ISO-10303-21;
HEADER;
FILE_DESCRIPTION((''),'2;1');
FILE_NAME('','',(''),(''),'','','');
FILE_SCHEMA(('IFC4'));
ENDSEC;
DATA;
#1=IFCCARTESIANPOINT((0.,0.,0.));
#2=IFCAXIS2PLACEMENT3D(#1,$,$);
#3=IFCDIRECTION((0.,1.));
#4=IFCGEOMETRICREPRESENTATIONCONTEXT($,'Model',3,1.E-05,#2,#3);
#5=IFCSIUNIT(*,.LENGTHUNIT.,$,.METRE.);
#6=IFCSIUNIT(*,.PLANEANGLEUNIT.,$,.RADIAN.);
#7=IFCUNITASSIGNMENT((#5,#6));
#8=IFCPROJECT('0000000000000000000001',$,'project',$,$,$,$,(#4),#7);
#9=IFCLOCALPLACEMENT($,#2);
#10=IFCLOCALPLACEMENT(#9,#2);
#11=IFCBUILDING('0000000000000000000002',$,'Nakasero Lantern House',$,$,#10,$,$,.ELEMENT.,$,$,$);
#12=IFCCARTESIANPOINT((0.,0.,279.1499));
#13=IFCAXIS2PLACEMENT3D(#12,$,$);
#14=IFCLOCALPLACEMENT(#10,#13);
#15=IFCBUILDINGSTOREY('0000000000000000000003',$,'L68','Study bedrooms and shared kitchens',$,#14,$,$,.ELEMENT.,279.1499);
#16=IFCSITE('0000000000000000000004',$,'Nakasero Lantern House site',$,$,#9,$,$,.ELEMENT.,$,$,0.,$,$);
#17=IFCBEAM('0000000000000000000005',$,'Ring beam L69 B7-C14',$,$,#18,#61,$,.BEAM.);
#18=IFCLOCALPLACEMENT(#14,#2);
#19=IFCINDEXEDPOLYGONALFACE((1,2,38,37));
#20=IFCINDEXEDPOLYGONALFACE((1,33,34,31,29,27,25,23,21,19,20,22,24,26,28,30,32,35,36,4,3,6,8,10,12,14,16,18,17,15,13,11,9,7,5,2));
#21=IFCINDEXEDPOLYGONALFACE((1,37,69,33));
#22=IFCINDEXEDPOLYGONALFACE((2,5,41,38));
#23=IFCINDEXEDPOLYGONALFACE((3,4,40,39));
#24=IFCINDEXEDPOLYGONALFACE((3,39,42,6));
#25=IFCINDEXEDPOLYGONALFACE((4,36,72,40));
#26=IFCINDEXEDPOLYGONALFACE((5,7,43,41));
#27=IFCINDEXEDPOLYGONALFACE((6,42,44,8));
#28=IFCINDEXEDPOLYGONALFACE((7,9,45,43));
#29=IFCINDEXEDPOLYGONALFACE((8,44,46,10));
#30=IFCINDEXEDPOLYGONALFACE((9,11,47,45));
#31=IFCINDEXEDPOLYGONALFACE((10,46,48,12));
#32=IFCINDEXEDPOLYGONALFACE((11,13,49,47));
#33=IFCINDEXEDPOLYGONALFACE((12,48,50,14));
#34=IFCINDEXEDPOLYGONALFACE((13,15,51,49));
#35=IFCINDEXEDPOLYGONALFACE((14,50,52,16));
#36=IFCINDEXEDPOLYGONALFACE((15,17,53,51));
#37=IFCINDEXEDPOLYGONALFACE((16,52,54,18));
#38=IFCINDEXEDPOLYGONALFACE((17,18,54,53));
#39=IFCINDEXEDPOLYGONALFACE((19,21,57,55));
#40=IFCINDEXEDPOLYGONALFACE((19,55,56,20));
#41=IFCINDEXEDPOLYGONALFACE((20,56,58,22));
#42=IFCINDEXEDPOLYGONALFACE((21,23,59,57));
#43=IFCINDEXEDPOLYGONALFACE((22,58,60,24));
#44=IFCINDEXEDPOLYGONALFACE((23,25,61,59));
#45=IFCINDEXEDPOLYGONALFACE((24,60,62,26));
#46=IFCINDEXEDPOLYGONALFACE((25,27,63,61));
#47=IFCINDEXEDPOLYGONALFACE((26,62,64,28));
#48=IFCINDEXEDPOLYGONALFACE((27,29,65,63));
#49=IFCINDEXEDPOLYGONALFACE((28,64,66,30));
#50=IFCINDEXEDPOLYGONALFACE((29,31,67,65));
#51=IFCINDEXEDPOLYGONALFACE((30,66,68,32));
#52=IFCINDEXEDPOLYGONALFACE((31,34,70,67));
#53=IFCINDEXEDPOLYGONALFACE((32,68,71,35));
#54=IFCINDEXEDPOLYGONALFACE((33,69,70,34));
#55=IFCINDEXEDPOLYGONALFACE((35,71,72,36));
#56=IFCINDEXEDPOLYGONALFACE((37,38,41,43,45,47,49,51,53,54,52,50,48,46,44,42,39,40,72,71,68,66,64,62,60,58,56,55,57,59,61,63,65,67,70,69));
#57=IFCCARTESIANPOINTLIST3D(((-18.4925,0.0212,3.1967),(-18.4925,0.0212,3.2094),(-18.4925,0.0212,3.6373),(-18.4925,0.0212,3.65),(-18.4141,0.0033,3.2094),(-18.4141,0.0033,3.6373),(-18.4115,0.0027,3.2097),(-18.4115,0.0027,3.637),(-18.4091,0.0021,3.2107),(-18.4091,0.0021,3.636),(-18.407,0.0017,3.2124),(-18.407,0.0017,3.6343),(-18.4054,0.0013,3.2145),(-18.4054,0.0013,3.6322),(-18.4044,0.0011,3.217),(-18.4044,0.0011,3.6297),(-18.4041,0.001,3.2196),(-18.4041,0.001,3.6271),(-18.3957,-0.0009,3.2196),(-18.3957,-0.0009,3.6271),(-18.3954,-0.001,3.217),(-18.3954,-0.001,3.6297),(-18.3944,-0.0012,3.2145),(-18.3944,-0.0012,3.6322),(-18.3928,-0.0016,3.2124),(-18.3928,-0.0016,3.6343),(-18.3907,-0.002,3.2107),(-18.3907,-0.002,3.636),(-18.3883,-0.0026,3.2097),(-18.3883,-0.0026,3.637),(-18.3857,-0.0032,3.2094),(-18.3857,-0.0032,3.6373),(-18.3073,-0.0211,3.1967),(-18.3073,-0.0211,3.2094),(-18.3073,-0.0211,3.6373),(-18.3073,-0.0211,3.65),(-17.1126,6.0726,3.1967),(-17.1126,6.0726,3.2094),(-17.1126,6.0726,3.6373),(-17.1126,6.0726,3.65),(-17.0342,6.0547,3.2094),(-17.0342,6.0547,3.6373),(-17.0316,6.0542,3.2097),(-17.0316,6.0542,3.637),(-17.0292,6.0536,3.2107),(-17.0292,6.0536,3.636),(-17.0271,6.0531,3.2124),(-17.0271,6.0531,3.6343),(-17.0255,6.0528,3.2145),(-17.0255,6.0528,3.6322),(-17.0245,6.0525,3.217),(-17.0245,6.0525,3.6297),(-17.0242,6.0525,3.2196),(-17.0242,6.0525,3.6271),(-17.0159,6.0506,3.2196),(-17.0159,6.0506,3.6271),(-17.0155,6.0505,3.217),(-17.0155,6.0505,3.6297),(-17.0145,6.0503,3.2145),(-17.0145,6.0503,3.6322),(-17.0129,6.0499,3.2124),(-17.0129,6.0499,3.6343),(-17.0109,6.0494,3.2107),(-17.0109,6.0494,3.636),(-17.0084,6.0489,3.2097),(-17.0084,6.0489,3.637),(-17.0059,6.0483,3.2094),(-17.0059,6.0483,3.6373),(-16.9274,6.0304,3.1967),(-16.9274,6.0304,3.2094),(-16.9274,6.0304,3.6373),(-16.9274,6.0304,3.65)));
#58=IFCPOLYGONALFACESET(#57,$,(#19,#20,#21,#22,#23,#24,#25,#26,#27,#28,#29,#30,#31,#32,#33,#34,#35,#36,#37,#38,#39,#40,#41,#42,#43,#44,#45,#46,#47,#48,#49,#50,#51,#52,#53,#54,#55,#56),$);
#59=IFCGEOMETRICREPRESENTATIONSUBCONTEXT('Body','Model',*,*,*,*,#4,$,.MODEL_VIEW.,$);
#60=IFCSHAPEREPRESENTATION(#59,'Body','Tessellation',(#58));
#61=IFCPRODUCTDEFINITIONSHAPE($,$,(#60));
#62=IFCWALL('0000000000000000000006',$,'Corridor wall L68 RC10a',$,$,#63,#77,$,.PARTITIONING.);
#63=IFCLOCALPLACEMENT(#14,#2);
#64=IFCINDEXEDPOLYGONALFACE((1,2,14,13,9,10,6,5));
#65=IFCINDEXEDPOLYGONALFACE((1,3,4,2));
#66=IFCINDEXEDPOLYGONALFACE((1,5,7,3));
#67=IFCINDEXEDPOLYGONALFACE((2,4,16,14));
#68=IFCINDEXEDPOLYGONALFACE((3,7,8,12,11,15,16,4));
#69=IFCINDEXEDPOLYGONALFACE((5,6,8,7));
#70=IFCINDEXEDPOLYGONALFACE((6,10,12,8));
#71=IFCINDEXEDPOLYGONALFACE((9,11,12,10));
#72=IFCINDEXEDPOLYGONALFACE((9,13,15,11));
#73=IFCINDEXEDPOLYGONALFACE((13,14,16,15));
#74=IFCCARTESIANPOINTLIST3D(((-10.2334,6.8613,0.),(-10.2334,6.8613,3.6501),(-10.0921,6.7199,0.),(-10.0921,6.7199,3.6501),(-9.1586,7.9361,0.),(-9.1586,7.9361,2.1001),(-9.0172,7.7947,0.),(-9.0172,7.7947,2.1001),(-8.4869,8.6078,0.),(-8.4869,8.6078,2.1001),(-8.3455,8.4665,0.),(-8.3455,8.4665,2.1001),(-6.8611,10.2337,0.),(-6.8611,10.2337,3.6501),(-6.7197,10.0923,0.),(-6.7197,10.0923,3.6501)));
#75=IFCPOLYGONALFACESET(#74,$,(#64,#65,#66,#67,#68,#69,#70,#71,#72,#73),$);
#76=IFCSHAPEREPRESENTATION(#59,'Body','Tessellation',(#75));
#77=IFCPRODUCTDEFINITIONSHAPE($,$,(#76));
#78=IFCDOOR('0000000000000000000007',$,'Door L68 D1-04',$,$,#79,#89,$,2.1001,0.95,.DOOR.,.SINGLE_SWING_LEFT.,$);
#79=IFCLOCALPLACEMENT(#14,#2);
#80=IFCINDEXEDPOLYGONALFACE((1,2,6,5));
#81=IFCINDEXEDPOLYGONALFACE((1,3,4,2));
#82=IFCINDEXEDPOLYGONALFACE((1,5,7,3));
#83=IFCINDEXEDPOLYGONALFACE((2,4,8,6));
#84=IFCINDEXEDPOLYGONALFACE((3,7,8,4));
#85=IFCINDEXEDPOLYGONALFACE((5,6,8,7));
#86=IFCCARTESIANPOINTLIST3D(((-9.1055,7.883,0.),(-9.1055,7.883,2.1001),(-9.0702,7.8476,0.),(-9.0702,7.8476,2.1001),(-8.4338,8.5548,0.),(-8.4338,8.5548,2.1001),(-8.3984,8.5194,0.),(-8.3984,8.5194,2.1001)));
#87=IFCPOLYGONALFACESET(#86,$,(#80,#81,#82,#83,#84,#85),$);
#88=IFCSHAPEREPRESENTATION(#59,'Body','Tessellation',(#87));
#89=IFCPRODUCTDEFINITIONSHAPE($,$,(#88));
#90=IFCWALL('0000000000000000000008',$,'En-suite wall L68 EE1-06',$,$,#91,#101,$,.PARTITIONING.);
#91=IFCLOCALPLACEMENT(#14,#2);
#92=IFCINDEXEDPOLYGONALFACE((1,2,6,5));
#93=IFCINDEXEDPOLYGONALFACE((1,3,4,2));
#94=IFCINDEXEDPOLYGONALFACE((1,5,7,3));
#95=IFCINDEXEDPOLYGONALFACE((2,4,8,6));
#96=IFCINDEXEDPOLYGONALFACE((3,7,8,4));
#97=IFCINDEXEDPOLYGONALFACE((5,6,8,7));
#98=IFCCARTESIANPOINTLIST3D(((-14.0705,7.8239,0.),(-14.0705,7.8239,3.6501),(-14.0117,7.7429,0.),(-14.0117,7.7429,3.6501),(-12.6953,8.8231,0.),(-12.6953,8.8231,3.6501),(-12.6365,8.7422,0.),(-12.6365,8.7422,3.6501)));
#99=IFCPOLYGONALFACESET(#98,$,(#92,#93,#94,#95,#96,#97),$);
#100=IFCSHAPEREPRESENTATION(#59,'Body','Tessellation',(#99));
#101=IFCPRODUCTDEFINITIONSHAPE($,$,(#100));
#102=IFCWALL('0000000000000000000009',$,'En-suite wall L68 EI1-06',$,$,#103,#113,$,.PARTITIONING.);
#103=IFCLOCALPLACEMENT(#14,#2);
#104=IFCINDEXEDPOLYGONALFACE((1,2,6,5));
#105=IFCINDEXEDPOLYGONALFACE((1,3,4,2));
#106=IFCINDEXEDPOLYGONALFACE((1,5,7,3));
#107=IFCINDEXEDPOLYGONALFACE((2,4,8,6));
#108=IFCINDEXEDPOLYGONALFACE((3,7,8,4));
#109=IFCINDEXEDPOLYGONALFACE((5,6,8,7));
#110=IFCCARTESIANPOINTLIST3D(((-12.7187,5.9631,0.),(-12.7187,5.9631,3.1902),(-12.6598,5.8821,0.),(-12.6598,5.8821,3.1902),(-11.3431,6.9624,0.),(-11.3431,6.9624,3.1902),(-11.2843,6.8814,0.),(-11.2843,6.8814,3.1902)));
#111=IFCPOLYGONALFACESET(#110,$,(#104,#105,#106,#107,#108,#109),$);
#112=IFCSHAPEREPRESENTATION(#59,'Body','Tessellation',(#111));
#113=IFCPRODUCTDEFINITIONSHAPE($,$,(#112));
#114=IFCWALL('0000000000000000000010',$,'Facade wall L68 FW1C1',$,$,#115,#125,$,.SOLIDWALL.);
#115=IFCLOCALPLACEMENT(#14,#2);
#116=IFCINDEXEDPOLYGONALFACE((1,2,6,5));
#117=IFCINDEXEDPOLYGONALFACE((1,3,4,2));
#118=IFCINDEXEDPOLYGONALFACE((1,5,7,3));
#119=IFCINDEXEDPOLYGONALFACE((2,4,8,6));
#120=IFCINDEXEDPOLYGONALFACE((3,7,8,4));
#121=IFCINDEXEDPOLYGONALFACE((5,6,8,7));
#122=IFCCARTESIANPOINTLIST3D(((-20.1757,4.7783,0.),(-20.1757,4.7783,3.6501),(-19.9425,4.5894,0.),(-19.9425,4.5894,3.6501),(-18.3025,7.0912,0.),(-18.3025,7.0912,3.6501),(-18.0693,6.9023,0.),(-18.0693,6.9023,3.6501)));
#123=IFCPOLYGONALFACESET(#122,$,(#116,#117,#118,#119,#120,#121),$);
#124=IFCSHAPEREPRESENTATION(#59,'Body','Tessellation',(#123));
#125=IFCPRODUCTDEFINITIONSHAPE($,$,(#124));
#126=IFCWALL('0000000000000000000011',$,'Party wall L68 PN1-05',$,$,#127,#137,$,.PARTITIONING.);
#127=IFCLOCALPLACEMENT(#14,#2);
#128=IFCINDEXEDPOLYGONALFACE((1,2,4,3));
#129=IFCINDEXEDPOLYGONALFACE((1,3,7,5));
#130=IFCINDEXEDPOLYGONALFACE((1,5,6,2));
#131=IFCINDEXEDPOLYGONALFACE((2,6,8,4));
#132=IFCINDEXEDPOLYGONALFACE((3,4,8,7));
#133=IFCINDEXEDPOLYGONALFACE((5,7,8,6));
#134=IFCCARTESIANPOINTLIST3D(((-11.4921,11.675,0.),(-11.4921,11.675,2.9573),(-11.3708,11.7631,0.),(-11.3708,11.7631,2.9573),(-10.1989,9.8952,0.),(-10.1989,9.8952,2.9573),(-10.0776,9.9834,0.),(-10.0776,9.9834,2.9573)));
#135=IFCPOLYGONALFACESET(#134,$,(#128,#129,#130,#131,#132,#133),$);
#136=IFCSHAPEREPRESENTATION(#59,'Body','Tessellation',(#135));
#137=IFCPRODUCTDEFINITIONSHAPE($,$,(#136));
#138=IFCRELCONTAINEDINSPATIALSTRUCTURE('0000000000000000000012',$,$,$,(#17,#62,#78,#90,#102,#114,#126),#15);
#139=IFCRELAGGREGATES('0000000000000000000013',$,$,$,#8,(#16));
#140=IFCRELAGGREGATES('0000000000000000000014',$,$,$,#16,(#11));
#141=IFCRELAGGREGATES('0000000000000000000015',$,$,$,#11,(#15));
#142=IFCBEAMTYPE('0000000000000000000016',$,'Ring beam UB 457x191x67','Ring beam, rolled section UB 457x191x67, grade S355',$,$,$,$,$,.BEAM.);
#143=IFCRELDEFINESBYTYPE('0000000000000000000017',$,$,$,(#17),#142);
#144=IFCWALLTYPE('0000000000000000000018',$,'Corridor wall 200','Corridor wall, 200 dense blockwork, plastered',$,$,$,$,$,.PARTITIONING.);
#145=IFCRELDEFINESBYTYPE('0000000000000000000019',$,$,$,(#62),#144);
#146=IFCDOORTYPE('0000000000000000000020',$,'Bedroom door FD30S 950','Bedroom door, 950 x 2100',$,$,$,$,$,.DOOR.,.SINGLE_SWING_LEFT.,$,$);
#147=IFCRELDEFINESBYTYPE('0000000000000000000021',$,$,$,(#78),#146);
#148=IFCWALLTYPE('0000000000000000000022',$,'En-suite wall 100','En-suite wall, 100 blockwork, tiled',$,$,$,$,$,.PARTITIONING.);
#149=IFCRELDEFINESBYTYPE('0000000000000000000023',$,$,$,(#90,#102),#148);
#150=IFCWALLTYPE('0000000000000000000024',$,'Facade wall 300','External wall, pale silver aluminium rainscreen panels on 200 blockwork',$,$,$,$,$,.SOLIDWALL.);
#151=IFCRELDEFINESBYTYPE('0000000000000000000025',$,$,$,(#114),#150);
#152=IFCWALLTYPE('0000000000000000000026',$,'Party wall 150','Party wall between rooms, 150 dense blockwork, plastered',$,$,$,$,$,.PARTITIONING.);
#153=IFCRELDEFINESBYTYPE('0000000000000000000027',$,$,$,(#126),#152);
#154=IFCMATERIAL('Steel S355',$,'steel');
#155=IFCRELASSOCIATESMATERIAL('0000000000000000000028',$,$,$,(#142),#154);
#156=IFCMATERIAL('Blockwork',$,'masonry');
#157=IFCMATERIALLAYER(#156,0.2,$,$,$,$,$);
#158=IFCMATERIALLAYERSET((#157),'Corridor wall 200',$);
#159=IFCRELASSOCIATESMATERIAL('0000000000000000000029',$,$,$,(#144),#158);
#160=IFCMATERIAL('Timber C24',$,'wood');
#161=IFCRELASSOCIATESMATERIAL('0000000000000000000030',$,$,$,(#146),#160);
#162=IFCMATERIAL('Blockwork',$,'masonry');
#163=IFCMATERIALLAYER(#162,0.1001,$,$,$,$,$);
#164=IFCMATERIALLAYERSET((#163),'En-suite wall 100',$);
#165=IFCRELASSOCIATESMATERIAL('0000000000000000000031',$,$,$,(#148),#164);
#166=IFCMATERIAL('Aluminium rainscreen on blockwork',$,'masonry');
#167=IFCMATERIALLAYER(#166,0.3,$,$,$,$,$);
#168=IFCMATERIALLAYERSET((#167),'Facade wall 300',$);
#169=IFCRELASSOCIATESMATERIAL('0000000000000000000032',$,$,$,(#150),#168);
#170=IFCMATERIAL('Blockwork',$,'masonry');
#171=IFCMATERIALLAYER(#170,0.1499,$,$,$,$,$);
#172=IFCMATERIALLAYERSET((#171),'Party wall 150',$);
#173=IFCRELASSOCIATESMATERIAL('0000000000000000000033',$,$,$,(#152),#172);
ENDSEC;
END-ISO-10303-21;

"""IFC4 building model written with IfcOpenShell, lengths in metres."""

from ifc_helpers import new_model, si_unit, direction, frame, frame_2d, origin, origin_2d, place, context, subcontext, project, spatial, rectangle, i_section, extrude, material, layer, layer_set, material_profile, profile_set, type_object, element, fill, save


model = new_model("IFC4")

# Units and contexts
model_context = context("Model", 3, precision=1e-05, world=origin(), true_north=direction((0.0, 1.0)))
body_context = subcontext(model_context, "Body", "Model", "MODEL_VIEW")
ifc_project = project(units=[si_unit("LENGTHUNIT", "METRE"), si_unit("PLANEANGLEUNIT", "RADIAN")], contexts=[model_context])

# Site, building, storey
site_placement = place(None, origin())
site = spatial("IfcSite", under=ifc_project, at=site_placement, Name="Nakasero Lantern House site", CompositionType="ELEMENT", RefElevation=0.0)
building_placement = place(site_placement, origin())
building = spatial("IfcBuilding", under=site, at=building_placement, Name="Nakasero Lantern House", CompositionType="ELEMENT")
storey_placement = place(building_placement, frame((0.0, 0.0, 279.1499)))
storey = spatial("IfcBuildingStorey", under=building, at=storey_placement, Name="L68", Description="Study bedrooms and shared kitchens", CompositionType="ELEMENT", Elevation=279.1499)

# Beam
ifc_material_1 = material(Name="Steel S355", Category="steel")
ifc_material_profile_1 = material_profile(ifc_material_1, i_section(OverallWidth=0.1899, OverallDepth=0.4534, WebThickness=0.0085, FlangeThickness=0.0127, FilletRadius=0.0103, at=origin_2d()), Name="UB 457x191x67")
ifc_profile_set_1 = profile_set([ifc_material_profile_1], Name="Steel S355")
beam_type_1 = type_object("IfcBeamType", Name="Ring beam UB 457x191x67", Description="Ring beam, rolled section UB 457x191x67, grade S355", PredefinedType="BEAM", material=ifc_profile_set_1)
beam_1_placement = place(storey_placement, frame((-17.02, 6.0515, 3.4233), z_axis=(-0.222316, -0.974975, 0.0), x_axis=(0.974975, -0.222316, 0.0)))
element("IfcBeam", 1, at=beam_1_placement, inside=storey, type_object=beam_type_1, Name="Ring beam L69 B7-C14", PredefinedType="BEAM", context=body_context, shape_type="SweptSolid", body=[
    extrude(i_section(OverallWidth=0.1899, OverallDepth=0.4534, WebThickness=0.0085, FlangeThickness=0.0127, FilletRadius=0.0103, at=origin_2d()), origin(), (0.0, 0.0, 1.0), 6.2068),
])

# Wall, opening, door
ifc_material_2 = material(Name="Blockwork", Category="masonry")
ifc_layer_1 = layer(ifc_material_2, 0.2)
ifc_layer_set_1 = layer_set([ifc_layer_1], Name="Corridor wall 200")
wall_type_1 = type_object("IfcWallType", Name="Corridor wall 200", Description="Corridor wall, 200 dense blockwork, plastered", PredefinedType="PARTITIONING", material=ifc_layer_set_1)
wall_1_placement = place(storey_placement, frame((-10.1628, 6.7905, 0.0), z_axis=(0.0, 0.0, 1.0), x_axis=(0.707107, 0.707107, 0.0)))
wall_1 = element("IfcWall", 2, at=wall_1_placement, inside=storey, type_object=wall_type_1, Name="Corridor wall L68 RC10a", PredefinedType="PARTITIONING", context=body_context, shape_type="SweptSolid", body=[
    extrude(rectangle(XDim=4.7693, YDim=0.2, at=frame_2d((2.3848, 0.0))), origin(), (0.0, 0.0, 1.0), 3.6501),
])
opening_placement = place(wall_1_placement, frame((1.52, 0.0, 0.0)))
opening = element("IfcOpeningElement", 3, at=opening_placement, cuts=wall_1, PredefinedType="OPENING", context=body_context, shape_type="SweptSolid", body=[
    extrude(rectangle(XDim=0.95, YDim=2.1001, at=frame_2d((0.4751, 1.05))), frame((0.0, 0.1199, 0.0), z_axis=(0.0, -1.0, 0.0), x_axis=(1.0, 0.0, 0.0)), (0.0, 0.0, 1.0), 0.24),
])
ifc_material_3 = material(Name="Timber C24", Category="wood")
door_type = type_object("IfcDoorType", Name="Bedroom door FD30S 950", Description="Bedroom door, 950 x 2100", OperationType="SINGLE_SWING_LEFT", PredefinedType="DOOR", material=ifc_material_3)
door_placement = place(opening_placement, origin())
door = element("IfcDoor", 4, at=door_placement, inside=storey, type_object=door_type, Name="Door L68 D1-04", OperationType="SINGLE_SWING_LEFT", OverallHeight=2.1001, OverallWidth=0.95, PredefinedType="DOOR", context=body_context, shape_type="SweptSolid", body=[
    extrude(rectangle(XDim=0.95, YDim=2.1001, at=frame_2d((0.4751, 1.05))), frame((0.0, 0.0249, 0.0), z_axis=(0.0, -1.0, 0.0), x_axis=(1.0, 0.0, 0.0)), (0.0, 0.0, 1.0), 0.05),
])
fill(opening, door)

# Walls
ifc_material_4 = material(Name="Blockwork", Category="masonry")
ifc_layer_2 = layer(ifc_material_4, 0.1001)
ifc_layer_set_2 = layer_set([ifc_layer_2], Name="En-suite wall 100")
wall_type_2 = type_object("IfcWallType", Name="En-suite wall 100", Description="En-suite wall, 100 blockwork, tiled", PredefinedType="PARTITIONING", material=ifc_layer_set_2)
wall_2_placement = place(storey_placement, frame((-12.6658, 8.7827, 0.0), z_axis=(0.0, 0.0, 1.0), x_axis=(-0.808991, -0.587822, 0.0)))
element("IfcWall", 5, at=wall_2_placement, inside=storey, type_object=wall_type_2, Name="En-suite wall L68 EE1-06", PredefinedType="PARTITIONING", context=body_context, shape_type="SweptSolid", body=[
    extrude(rectangle(XDim=1.7, YDim=0.1001, at=frame_2d((0.8501, 0.0))), origin(), (0.0, 0.0, 1.0), 3.6501),
])
wall_3_placement = place(storey_placement, frame((-11.3137, 6.9219, 0.0), z_axis=(0.0, 0.0, 1.0), x_axis=(-0.80904, -0.587753, 0.0)))
element("IfcWall", 6, at=wall_3_placement, inside=storey, type_object=wall_type_2, Name="En-suite wall L68 EI1-06", PredefinedType="PARTITIONING", context=body_context, shape_type="SweptSolid", body=[
    extrude(rectangle(XDim=1.7002, YDim=0.1001, at=frame_2d((0.8501, 0.0))), origin(), (0.0, 0.0, 1.0), 3.1902),
])
ifc_material_5 = material(Name="Aluminium rainscreen on blockwork", Category="masonry")
ifc_layer_3 = layer(ifc_material_5, 0.3)
ifc_layer_set_3 = layer_set([ifc_layer_3], Name="Facade wall 300")
wall_type_3 = type_object("IfcWallType", Name="Facade wall 300", Description="External wall, pale silver aluminium rainscreen panels on 200 blockwork", PredefinedType="SOLIDWALL", material=ifc_layer_set_3)
wall_4_placement = place(storey_placement, frame((-18.1858, 6.9968, 0.0), z_axis=(0.0, 0.0, 1.0), x_axis=(-0.629375, -0.777102, 0.0)))
element("IfcWall", 7, at=wall_4_placement, inside=storey, type_object=wall_type_3, Name="Facade wall L68 FW1C1", PredefinedType="SOLIDWALL", context=body_context, shape_type="SweptSolid", body=[
    extrude(rectangle(XDim=2.9763, YDim=0.3, at=frame_2d((1.4883, 0.0))), origin(), (0.0, 0.0, 1.0), 3.6501),
])
ifc_material_6 = material(Name="Blockwork", Category="masonry")
ifc_layer_4 = layer(ifc_material_6, 0.1499)
ifc_layer_set_4 = layer_set([ifc_layer_4], Name="Party wall 150")
wall_type_4 = type_object("IfcWallType", Name="Party wall 150", Description="Party wall between rooms, 150 dense blockwork, plastered", PredefinedType="PARTITIONING", material=ifc_layer_set_4)
wall_5_placement = place(storey_placement, frame((-10.1382, 9.9392, 0.0), z_axis=(0.0, 0.0, 1.0), x_axis=(-0.587822, 0.80899, 0.0)))
element("IfcWall", 8, at=wall_5_placement, inside=storey, type_object=wall_type_4, Name="Party wall L68 PN1-05", PredefinedType="PARTITIONING", context=body_context, shape_type="SweptSolid", body=[
    extrude(rectangle(XDim=2.2, YDim=0.1499, at=frame_2d((1.1001, 0.0))), origin(), (0.0, 0.0, 1.0), 2.9573),
])

save(model, "model.ifc")
